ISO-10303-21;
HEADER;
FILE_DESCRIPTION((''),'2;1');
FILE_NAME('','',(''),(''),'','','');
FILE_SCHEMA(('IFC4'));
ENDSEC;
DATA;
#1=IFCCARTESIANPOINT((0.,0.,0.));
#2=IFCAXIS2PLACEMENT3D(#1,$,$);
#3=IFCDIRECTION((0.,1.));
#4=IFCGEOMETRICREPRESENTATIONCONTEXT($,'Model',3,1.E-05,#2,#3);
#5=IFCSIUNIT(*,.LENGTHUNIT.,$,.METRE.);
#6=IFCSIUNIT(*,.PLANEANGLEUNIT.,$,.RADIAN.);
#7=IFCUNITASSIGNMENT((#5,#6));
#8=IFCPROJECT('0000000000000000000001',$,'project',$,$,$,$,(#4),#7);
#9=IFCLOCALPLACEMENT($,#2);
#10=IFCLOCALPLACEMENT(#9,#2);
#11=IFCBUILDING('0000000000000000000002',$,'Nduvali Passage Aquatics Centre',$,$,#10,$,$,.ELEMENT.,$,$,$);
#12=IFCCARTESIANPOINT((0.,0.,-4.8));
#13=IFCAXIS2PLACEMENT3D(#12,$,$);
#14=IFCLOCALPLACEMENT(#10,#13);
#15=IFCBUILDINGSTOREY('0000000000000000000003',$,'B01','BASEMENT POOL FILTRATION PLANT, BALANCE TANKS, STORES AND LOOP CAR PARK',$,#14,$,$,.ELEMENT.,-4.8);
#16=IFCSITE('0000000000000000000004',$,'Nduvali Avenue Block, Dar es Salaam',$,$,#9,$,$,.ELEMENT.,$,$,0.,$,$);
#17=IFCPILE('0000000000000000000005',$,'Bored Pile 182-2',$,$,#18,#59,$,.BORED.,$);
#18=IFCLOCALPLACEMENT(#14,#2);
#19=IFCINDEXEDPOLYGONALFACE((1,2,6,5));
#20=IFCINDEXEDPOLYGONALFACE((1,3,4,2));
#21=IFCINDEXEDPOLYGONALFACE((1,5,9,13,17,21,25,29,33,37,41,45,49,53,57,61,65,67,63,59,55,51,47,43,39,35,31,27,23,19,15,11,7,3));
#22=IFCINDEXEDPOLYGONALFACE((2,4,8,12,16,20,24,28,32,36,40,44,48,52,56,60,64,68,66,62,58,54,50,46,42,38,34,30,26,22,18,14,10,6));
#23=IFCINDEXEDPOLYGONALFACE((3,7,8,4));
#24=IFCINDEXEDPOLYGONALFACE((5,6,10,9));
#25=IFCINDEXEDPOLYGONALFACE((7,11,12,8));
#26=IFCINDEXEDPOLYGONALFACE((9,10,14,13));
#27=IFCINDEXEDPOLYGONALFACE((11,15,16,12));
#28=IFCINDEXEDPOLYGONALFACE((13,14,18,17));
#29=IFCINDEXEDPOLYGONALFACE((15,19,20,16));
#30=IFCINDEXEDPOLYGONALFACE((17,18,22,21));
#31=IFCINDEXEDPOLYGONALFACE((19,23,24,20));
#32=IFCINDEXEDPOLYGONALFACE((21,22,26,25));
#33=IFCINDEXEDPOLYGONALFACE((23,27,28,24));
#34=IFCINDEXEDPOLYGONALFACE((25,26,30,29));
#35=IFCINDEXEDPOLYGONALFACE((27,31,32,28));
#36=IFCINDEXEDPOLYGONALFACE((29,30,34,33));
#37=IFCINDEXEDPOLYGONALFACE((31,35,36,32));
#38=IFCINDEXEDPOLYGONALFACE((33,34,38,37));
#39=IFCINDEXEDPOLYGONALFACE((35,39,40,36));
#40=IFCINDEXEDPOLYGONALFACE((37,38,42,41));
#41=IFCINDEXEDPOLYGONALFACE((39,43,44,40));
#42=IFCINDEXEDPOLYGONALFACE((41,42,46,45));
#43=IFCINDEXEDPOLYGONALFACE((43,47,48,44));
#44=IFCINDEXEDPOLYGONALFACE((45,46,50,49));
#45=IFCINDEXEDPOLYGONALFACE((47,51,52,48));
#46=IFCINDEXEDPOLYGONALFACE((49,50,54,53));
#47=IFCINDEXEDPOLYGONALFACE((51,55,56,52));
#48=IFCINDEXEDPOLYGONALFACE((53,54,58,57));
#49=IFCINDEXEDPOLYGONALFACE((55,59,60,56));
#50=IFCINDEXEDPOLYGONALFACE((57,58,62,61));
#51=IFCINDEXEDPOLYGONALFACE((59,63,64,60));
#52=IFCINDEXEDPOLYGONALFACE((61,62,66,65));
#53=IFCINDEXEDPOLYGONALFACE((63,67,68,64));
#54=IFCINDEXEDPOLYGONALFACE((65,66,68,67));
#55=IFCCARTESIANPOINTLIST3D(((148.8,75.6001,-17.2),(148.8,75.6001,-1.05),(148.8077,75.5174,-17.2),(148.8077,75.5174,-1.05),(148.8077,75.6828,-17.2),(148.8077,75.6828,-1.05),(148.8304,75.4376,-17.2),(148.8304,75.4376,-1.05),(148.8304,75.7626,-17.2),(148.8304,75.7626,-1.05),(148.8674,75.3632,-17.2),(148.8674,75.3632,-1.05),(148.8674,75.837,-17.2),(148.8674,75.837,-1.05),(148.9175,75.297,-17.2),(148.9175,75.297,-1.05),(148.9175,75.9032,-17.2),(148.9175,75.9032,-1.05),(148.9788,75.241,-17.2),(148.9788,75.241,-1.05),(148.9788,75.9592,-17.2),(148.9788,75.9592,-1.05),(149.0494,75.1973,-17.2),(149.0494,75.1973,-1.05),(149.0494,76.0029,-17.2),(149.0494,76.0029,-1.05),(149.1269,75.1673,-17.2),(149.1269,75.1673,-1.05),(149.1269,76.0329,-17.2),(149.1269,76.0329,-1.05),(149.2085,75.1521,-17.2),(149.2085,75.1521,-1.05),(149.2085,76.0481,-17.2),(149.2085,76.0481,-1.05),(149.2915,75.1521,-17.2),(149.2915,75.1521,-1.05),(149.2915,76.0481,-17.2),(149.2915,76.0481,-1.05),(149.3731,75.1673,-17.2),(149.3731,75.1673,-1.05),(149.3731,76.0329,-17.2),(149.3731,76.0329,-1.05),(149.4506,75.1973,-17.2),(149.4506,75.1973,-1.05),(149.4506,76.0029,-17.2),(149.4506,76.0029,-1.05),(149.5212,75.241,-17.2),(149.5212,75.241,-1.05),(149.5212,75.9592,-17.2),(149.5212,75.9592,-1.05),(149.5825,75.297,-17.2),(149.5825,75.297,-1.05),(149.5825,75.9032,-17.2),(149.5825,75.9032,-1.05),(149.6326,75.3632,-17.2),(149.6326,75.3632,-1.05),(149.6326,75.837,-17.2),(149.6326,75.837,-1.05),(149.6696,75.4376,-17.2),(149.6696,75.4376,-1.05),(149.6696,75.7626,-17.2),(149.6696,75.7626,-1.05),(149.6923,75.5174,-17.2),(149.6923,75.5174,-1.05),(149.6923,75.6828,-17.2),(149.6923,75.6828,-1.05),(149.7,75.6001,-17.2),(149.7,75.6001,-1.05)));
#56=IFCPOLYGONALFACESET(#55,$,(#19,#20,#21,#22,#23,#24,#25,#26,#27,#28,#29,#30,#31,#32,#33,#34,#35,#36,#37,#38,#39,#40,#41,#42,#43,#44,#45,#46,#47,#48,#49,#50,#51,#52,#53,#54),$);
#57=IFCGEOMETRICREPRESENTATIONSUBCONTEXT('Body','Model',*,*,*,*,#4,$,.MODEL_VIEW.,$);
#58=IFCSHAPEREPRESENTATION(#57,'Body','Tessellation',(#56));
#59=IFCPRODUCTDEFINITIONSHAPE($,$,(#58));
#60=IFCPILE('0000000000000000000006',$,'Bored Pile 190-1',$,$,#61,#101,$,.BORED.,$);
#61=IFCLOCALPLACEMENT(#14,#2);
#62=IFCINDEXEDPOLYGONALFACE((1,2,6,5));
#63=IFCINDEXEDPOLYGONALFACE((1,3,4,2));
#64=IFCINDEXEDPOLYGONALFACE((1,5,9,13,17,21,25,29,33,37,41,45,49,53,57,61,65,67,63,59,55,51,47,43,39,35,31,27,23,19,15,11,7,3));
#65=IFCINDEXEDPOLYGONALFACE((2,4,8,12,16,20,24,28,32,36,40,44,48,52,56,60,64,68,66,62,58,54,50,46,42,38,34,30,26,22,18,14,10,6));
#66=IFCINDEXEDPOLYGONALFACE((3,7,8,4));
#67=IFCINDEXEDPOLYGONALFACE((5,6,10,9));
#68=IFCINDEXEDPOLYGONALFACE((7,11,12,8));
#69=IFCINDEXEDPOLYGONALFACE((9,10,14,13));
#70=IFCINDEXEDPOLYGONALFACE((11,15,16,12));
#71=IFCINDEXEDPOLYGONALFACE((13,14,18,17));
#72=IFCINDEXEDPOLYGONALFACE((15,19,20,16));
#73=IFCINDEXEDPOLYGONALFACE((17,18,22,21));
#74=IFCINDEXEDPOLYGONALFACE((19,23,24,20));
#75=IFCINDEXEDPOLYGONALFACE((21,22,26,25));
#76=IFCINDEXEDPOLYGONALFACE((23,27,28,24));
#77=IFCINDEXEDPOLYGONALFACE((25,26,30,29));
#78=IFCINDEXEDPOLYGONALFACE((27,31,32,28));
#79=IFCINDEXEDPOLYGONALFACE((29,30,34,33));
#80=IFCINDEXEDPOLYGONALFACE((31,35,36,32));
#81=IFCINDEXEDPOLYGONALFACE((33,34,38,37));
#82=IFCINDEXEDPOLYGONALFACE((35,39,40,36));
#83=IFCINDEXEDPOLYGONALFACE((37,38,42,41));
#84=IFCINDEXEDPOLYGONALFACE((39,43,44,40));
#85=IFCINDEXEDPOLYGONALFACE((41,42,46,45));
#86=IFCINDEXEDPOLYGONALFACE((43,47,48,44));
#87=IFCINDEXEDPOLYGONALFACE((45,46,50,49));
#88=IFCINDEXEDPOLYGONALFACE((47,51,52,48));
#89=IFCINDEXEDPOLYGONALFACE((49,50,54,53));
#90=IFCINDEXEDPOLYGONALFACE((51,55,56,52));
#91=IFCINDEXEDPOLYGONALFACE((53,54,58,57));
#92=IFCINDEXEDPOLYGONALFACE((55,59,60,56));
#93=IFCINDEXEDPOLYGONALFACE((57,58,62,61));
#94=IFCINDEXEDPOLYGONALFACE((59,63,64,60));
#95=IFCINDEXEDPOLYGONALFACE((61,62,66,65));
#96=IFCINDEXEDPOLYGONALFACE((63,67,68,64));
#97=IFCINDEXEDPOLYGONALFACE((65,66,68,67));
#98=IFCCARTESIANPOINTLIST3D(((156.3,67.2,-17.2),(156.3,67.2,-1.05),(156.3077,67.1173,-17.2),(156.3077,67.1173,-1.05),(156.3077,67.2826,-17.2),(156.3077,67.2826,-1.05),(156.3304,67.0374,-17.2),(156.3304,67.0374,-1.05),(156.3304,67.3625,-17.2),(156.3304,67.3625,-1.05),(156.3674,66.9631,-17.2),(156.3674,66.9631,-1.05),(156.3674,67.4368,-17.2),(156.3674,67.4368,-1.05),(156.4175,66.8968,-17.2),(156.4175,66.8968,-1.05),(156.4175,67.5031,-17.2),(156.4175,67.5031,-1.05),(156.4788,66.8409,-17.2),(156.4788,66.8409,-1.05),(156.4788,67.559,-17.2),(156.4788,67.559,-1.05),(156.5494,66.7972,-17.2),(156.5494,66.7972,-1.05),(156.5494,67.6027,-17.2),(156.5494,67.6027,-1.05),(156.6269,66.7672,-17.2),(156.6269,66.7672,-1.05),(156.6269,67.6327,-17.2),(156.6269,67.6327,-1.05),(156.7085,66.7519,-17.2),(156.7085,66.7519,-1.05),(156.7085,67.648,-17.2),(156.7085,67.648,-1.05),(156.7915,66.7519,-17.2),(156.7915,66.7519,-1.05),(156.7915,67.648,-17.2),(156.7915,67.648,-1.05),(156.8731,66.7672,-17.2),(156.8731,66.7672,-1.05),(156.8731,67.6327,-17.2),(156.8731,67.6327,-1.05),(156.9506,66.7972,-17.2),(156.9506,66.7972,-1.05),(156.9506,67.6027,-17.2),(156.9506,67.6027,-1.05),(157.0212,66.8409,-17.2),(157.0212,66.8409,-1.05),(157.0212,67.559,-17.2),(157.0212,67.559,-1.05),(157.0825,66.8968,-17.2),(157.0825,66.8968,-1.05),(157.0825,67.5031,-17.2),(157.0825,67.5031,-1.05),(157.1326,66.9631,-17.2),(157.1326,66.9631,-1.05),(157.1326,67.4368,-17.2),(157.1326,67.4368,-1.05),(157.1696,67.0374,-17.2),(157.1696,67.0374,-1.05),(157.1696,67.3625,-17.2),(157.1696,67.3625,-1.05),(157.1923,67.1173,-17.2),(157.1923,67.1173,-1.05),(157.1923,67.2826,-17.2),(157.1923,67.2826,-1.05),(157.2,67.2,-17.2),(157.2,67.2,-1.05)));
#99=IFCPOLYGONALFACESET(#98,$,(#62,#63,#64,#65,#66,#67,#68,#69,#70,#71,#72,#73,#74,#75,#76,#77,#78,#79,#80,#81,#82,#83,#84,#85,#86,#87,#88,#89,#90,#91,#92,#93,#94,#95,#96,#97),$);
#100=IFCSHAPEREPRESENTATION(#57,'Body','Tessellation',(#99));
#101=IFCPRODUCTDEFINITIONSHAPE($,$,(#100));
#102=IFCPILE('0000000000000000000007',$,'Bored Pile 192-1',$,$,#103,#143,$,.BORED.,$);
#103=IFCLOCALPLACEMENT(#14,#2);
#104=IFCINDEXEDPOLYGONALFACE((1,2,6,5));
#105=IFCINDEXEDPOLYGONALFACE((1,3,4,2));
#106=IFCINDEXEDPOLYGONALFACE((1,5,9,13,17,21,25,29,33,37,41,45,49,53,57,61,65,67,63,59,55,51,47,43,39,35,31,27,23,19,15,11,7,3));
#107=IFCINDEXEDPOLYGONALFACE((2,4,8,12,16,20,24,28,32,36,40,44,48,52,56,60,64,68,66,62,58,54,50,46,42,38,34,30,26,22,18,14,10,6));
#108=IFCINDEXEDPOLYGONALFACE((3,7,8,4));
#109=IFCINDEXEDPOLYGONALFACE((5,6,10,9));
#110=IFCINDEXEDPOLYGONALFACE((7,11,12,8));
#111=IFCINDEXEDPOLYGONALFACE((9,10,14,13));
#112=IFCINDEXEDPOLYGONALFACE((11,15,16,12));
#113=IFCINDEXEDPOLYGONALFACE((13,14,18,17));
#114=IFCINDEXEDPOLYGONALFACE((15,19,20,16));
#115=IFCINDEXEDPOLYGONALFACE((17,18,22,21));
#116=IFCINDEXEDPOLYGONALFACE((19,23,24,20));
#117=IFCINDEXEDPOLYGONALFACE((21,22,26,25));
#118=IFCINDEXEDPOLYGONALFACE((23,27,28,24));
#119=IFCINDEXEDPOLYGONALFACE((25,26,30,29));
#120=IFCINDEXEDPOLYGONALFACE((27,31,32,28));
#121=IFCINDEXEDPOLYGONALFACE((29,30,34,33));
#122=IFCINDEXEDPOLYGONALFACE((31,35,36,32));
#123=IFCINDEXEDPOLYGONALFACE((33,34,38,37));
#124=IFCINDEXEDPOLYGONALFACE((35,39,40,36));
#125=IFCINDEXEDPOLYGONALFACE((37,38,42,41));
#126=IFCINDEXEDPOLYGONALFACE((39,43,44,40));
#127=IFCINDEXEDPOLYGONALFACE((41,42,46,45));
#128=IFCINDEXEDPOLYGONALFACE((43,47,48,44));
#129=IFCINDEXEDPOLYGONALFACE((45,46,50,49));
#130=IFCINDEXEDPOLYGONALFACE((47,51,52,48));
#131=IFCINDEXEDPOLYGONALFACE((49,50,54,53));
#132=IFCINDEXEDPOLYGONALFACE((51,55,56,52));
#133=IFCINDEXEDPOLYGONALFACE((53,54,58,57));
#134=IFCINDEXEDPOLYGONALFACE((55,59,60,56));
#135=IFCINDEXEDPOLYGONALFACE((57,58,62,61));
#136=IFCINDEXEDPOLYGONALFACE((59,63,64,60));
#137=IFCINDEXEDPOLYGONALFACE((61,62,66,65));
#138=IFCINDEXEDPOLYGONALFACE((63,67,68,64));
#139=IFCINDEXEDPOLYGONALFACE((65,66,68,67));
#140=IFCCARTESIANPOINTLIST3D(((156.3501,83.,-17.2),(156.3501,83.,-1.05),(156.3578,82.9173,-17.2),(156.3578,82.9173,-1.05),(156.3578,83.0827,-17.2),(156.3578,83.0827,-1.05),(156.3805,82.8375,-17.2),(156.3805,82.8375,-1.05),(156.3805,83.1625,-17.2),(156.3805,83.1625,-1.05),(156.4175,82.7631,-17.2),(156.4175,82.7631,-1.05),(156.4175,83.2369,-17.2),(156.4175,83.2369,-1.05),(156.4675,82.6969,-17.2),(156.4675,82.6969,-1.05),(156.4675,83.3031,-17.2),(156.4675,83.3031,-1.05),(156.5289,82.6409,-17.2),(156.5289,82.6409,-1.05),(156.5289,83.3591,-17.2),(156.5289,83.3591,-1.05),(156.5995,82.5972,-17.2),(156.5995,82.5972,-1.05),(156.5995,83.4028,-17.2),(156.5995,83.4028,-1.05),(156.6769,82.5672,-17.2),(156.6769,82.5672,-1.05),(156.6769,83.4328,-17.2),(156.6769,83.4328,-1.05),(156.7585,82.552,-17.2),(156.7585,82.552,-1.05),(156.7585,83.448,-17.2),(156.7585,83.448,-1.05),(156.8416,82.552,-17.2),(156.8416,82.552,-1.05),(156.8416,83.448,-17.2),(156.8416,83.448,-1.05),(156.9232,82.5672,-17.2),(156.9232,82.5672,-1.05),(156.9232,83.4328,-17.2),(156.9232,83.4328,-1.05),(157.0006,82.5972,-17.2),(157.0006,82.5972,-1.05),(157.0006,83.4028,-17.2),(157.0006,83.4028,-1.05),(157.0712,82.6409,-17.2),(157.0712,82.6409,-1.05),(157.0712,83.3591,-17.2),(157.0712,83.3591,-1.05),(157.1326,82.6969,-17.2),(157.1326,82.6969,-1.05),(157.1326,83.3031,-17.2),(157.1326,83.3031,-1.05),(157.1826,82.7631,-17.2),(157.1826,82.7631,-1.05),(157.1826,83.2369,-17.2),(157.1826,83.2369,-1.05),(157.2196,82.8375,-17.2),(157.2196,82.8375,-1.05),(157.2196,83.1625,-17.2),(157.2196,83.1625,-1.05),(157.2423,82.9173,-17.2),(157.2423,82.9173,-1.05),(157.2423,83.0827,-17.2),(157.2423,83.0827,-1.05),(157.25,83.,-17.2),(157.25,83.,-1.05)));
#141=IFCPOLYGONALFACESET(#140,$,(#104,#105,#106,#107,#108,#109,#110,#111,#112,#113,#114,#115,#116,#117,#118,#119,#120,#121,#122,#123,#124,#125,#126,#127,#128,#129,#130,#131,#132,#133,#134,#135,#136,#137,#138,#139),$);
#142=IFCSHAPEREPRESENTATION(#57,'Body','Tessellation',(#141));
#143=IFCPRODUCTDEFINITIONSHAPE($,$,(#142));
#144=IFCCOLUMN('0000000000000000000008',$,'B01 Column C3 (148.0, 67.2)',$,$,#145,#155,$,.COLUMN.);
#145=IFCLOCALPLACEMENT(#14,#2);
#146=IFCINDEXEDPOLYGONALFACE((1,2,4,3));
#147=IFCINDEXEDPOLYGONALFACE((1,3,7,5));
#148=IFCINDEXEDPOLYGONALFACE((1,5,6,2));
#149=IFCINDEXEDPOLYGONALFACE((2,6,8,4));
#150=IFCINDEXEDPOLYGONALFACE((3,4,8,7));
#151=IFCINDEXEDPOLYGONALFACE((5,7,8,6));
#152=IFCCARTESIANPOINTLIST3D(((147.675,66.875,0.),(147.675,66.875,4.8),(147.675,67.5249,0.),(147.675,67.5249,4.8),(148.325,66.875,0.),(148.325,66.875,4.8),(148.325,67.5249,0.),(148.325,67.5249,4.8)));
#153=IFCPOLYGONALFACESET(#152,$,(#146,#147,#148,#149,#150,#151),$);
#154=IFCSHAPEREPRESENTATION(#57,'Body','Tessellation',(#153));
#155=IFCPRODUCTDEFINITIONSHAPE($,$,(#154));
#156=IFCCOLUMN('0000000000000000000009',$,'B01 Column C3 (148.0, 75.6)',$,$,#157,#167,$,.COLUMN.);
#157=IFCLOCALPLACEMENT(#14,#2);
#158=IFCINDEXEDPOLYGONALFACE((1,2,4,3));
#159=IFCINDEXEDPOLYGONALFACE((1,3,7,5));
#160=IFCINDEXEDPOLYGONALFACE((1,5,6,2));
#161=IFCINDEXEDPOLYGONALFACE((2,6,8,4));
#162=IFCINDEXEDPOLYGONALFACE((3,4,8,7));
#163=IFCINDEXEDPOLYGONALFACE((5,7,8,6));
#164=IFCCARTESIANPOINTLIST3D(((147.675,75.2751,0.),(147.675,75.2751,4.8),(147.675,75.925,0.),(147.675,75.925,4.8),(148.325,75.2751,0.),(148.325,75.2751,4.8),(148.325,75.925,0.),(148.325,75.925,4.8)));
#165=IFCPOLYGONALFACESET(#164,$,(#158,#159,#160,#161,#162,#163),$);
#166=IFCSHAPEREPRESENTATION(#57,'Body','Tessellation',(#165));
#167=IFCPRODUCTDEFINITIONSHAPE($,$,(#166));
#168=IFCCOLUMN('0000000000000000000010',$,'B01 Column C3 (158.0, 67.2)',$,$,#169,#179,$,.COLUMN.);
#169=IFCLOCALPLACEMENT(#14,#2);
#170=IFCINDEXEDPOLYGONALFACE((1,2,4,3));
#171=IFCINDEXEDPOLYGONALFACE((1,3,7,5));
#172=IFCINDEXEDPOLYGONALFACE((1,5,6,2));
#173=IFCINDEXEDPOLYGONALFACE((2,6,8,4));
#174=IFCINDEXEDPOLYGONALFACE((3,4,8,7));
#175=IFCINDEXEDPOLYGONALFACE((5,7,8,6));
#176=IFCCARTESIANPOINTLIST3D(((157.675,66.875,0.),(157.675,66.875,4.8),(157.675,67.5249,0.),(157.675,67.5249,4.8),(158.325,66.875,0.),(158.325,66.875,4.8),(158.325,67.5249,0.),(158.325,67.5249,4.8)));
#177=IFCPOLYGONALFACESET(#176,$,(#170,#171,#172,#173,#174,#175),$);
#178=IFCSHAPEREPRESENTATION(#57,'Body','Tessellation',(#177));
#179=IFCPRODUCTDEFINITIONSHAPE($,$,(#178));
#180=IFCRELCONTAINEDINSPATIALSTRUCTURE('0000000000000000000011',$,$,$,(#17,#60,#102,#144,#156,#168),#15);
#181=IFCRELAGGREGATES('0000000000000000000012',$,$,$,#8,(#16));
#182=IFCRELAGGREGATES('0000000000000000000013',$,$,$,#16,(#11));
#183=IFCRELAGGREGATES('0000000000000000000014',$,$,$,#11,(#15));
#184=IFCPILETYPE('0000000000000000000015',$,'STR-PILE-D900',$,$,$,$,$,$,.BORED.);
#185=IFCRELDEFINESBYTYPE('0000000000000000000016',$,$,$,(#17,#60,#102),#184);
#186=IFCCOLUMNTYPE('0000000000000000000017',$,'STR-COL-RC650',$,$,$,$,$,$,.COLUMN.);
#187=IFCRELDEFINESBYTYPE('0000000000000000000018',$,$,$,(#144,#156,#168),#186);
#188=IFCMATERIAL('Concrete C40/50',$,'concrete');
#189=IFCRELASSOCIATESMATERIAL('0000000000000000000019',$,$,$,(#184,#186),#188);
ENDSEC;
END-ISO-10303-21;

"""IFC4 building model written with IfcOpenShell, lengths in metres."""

from ifc_helpers import new_model, si_unit, direction, frame, origin, origin_2d, place, context, subcontext, project, spatial, rectangle, circle, extrude, material, material_profile, profile_set, type_object, element, save


model = new_model("IFC4")

# Units and contexts
model_context = context("Model", 3, precision=1e-05, world=origin(), true_north=direction((0.0, 1.0)))
body_context = subcontext(model_context, "Body", "Model", "MODEL_VIEW")
ifc_project = project(units=[si_unit("LENGTHUNIT", "METRE"), si_unit("PLANEANGLEUNIT", "RADIAN")], contexts=[model_context])

# Site, building, storey
site_placement = place(None, origin())
site = spatial("IfcSite", under=ifc_project, at=site_placement, Name="Nduvali Avenue Block, Dar es Salaam", CompositionType="ELEMENT", RefElevation=0.0)
building_placement = place(site_placement, origin())
building = spatial("IfcBuilding", under=site, at=building_placement, Name="Nduvali Passage Aquatics Centre", CompositionType="ELEMENT")
storey_placement = place(building_placement, frame((0.0, 0.0, -4.8)))
storey = spatial("IfcBuildingStorey", under=building, at=storey_placement, Name="B01", Description="BASEMENT POOL FILTRATION PLANT, BALANCE TANKS, STORES AND LOOP CAR PARK", CompositionType="ELEMENT", Elevation=-4.8)

# Shared definitions
ifc_material = material(Name="Concrete C40/50", Category="concrete")

# Piles
ifc_material_profile_1 = material_profile(ifc_material, circle(Radius=0.45, at=origin_2d()), Name="PILE D900")
ifc_profile_set_1 = profile_set([ifc_material_profile_1], Name="Concrete C40/50")
pile_type_1 = type_object("IfcPileType", Name="STR-PILE-D900", PredefinedType="BORED", material=ifc_profile_set_1)
for number, where, z_axis, x_axis, name in (
    (1, (149.25, 75.6001, -1.05), (0.0, 0.0, -1.0), (1.0, 0.0, 0.0), "Bored Pile 182-2"),
    (2, (156.75, 67.2, -1.05), (0.0, 0.0, -1.0), (1.0, 0.0, 0.0), "Bored Pile 190-1"),
    (3, (156.8, 83.0, -1.05), (0.0, 0.0, -1.0), (1.0, 0.0, 0.0), "Bored Pile 192-1"),
):
    element("IfcPile", number, at=place(storey_placement, frame(where, z_axis=z_axis, x_axis=x_axis)), inside=storey, type_object=pile_type_1, Name=name, PredefinedType="BORED", context=body_context, shape_type="SweptSolid", body=[
        extrude(circle(Radius=0.45, at=origin_2d()), origin(), (0.0, 0.0, 1.0), 16.1499),
    ])

# Columns
ifc_material_profile_2 = material_profile(ifc_material, rectangle(XDim=0.6499, YDim=0.6499, at=origin_2d()), Name="RC 650x650")
ifc_profile_set_2 = profile_set([ifc_material_profile_2], Name="Concrete C40/50")
column_type = type_object("IfcColumnType", Name="STR-COL-RC650", PredefinedType="COLUMN", material=ifc_profile_set_2)
for number, where, z_axis, x_axis, name in (
    (4, (148.0, 67.2, 0.0), (0.0, 0.0, 1.0), (1.0, 0.0, 0.0), "B01 Column C3 (148.0, 67.2)"),
    (5, (148.0, 75.6001, 0.0), (0.0, 0.0, 1.0), (1.0, 0.0, 0.0), "B01 Column C3 (148.0, 75.6)"),
    (6, (158.0, 67.2, 0.0), (0.0, 0.0, 1.0), (1.0, 0.0, 0.0), "B01 Column C3 (158.0, 67.2)"),
):
    element("IfcColumn", number, at=place(storey_placement, frame(where, z_axis=z_axis, x_axis=x_axis)), inside=storey, type_object=column_type, Name=name, PredefinedType="COLUMN", context=body_context, shape_type="SweptSolid", body=[
        extrude(rectangle(XDim=0.6499, YDim=0.6499, at=origin_2d()), origin(), (0.0, 0.0, 1.0), 4.8),
    ])

save(model, "model.ifc")
